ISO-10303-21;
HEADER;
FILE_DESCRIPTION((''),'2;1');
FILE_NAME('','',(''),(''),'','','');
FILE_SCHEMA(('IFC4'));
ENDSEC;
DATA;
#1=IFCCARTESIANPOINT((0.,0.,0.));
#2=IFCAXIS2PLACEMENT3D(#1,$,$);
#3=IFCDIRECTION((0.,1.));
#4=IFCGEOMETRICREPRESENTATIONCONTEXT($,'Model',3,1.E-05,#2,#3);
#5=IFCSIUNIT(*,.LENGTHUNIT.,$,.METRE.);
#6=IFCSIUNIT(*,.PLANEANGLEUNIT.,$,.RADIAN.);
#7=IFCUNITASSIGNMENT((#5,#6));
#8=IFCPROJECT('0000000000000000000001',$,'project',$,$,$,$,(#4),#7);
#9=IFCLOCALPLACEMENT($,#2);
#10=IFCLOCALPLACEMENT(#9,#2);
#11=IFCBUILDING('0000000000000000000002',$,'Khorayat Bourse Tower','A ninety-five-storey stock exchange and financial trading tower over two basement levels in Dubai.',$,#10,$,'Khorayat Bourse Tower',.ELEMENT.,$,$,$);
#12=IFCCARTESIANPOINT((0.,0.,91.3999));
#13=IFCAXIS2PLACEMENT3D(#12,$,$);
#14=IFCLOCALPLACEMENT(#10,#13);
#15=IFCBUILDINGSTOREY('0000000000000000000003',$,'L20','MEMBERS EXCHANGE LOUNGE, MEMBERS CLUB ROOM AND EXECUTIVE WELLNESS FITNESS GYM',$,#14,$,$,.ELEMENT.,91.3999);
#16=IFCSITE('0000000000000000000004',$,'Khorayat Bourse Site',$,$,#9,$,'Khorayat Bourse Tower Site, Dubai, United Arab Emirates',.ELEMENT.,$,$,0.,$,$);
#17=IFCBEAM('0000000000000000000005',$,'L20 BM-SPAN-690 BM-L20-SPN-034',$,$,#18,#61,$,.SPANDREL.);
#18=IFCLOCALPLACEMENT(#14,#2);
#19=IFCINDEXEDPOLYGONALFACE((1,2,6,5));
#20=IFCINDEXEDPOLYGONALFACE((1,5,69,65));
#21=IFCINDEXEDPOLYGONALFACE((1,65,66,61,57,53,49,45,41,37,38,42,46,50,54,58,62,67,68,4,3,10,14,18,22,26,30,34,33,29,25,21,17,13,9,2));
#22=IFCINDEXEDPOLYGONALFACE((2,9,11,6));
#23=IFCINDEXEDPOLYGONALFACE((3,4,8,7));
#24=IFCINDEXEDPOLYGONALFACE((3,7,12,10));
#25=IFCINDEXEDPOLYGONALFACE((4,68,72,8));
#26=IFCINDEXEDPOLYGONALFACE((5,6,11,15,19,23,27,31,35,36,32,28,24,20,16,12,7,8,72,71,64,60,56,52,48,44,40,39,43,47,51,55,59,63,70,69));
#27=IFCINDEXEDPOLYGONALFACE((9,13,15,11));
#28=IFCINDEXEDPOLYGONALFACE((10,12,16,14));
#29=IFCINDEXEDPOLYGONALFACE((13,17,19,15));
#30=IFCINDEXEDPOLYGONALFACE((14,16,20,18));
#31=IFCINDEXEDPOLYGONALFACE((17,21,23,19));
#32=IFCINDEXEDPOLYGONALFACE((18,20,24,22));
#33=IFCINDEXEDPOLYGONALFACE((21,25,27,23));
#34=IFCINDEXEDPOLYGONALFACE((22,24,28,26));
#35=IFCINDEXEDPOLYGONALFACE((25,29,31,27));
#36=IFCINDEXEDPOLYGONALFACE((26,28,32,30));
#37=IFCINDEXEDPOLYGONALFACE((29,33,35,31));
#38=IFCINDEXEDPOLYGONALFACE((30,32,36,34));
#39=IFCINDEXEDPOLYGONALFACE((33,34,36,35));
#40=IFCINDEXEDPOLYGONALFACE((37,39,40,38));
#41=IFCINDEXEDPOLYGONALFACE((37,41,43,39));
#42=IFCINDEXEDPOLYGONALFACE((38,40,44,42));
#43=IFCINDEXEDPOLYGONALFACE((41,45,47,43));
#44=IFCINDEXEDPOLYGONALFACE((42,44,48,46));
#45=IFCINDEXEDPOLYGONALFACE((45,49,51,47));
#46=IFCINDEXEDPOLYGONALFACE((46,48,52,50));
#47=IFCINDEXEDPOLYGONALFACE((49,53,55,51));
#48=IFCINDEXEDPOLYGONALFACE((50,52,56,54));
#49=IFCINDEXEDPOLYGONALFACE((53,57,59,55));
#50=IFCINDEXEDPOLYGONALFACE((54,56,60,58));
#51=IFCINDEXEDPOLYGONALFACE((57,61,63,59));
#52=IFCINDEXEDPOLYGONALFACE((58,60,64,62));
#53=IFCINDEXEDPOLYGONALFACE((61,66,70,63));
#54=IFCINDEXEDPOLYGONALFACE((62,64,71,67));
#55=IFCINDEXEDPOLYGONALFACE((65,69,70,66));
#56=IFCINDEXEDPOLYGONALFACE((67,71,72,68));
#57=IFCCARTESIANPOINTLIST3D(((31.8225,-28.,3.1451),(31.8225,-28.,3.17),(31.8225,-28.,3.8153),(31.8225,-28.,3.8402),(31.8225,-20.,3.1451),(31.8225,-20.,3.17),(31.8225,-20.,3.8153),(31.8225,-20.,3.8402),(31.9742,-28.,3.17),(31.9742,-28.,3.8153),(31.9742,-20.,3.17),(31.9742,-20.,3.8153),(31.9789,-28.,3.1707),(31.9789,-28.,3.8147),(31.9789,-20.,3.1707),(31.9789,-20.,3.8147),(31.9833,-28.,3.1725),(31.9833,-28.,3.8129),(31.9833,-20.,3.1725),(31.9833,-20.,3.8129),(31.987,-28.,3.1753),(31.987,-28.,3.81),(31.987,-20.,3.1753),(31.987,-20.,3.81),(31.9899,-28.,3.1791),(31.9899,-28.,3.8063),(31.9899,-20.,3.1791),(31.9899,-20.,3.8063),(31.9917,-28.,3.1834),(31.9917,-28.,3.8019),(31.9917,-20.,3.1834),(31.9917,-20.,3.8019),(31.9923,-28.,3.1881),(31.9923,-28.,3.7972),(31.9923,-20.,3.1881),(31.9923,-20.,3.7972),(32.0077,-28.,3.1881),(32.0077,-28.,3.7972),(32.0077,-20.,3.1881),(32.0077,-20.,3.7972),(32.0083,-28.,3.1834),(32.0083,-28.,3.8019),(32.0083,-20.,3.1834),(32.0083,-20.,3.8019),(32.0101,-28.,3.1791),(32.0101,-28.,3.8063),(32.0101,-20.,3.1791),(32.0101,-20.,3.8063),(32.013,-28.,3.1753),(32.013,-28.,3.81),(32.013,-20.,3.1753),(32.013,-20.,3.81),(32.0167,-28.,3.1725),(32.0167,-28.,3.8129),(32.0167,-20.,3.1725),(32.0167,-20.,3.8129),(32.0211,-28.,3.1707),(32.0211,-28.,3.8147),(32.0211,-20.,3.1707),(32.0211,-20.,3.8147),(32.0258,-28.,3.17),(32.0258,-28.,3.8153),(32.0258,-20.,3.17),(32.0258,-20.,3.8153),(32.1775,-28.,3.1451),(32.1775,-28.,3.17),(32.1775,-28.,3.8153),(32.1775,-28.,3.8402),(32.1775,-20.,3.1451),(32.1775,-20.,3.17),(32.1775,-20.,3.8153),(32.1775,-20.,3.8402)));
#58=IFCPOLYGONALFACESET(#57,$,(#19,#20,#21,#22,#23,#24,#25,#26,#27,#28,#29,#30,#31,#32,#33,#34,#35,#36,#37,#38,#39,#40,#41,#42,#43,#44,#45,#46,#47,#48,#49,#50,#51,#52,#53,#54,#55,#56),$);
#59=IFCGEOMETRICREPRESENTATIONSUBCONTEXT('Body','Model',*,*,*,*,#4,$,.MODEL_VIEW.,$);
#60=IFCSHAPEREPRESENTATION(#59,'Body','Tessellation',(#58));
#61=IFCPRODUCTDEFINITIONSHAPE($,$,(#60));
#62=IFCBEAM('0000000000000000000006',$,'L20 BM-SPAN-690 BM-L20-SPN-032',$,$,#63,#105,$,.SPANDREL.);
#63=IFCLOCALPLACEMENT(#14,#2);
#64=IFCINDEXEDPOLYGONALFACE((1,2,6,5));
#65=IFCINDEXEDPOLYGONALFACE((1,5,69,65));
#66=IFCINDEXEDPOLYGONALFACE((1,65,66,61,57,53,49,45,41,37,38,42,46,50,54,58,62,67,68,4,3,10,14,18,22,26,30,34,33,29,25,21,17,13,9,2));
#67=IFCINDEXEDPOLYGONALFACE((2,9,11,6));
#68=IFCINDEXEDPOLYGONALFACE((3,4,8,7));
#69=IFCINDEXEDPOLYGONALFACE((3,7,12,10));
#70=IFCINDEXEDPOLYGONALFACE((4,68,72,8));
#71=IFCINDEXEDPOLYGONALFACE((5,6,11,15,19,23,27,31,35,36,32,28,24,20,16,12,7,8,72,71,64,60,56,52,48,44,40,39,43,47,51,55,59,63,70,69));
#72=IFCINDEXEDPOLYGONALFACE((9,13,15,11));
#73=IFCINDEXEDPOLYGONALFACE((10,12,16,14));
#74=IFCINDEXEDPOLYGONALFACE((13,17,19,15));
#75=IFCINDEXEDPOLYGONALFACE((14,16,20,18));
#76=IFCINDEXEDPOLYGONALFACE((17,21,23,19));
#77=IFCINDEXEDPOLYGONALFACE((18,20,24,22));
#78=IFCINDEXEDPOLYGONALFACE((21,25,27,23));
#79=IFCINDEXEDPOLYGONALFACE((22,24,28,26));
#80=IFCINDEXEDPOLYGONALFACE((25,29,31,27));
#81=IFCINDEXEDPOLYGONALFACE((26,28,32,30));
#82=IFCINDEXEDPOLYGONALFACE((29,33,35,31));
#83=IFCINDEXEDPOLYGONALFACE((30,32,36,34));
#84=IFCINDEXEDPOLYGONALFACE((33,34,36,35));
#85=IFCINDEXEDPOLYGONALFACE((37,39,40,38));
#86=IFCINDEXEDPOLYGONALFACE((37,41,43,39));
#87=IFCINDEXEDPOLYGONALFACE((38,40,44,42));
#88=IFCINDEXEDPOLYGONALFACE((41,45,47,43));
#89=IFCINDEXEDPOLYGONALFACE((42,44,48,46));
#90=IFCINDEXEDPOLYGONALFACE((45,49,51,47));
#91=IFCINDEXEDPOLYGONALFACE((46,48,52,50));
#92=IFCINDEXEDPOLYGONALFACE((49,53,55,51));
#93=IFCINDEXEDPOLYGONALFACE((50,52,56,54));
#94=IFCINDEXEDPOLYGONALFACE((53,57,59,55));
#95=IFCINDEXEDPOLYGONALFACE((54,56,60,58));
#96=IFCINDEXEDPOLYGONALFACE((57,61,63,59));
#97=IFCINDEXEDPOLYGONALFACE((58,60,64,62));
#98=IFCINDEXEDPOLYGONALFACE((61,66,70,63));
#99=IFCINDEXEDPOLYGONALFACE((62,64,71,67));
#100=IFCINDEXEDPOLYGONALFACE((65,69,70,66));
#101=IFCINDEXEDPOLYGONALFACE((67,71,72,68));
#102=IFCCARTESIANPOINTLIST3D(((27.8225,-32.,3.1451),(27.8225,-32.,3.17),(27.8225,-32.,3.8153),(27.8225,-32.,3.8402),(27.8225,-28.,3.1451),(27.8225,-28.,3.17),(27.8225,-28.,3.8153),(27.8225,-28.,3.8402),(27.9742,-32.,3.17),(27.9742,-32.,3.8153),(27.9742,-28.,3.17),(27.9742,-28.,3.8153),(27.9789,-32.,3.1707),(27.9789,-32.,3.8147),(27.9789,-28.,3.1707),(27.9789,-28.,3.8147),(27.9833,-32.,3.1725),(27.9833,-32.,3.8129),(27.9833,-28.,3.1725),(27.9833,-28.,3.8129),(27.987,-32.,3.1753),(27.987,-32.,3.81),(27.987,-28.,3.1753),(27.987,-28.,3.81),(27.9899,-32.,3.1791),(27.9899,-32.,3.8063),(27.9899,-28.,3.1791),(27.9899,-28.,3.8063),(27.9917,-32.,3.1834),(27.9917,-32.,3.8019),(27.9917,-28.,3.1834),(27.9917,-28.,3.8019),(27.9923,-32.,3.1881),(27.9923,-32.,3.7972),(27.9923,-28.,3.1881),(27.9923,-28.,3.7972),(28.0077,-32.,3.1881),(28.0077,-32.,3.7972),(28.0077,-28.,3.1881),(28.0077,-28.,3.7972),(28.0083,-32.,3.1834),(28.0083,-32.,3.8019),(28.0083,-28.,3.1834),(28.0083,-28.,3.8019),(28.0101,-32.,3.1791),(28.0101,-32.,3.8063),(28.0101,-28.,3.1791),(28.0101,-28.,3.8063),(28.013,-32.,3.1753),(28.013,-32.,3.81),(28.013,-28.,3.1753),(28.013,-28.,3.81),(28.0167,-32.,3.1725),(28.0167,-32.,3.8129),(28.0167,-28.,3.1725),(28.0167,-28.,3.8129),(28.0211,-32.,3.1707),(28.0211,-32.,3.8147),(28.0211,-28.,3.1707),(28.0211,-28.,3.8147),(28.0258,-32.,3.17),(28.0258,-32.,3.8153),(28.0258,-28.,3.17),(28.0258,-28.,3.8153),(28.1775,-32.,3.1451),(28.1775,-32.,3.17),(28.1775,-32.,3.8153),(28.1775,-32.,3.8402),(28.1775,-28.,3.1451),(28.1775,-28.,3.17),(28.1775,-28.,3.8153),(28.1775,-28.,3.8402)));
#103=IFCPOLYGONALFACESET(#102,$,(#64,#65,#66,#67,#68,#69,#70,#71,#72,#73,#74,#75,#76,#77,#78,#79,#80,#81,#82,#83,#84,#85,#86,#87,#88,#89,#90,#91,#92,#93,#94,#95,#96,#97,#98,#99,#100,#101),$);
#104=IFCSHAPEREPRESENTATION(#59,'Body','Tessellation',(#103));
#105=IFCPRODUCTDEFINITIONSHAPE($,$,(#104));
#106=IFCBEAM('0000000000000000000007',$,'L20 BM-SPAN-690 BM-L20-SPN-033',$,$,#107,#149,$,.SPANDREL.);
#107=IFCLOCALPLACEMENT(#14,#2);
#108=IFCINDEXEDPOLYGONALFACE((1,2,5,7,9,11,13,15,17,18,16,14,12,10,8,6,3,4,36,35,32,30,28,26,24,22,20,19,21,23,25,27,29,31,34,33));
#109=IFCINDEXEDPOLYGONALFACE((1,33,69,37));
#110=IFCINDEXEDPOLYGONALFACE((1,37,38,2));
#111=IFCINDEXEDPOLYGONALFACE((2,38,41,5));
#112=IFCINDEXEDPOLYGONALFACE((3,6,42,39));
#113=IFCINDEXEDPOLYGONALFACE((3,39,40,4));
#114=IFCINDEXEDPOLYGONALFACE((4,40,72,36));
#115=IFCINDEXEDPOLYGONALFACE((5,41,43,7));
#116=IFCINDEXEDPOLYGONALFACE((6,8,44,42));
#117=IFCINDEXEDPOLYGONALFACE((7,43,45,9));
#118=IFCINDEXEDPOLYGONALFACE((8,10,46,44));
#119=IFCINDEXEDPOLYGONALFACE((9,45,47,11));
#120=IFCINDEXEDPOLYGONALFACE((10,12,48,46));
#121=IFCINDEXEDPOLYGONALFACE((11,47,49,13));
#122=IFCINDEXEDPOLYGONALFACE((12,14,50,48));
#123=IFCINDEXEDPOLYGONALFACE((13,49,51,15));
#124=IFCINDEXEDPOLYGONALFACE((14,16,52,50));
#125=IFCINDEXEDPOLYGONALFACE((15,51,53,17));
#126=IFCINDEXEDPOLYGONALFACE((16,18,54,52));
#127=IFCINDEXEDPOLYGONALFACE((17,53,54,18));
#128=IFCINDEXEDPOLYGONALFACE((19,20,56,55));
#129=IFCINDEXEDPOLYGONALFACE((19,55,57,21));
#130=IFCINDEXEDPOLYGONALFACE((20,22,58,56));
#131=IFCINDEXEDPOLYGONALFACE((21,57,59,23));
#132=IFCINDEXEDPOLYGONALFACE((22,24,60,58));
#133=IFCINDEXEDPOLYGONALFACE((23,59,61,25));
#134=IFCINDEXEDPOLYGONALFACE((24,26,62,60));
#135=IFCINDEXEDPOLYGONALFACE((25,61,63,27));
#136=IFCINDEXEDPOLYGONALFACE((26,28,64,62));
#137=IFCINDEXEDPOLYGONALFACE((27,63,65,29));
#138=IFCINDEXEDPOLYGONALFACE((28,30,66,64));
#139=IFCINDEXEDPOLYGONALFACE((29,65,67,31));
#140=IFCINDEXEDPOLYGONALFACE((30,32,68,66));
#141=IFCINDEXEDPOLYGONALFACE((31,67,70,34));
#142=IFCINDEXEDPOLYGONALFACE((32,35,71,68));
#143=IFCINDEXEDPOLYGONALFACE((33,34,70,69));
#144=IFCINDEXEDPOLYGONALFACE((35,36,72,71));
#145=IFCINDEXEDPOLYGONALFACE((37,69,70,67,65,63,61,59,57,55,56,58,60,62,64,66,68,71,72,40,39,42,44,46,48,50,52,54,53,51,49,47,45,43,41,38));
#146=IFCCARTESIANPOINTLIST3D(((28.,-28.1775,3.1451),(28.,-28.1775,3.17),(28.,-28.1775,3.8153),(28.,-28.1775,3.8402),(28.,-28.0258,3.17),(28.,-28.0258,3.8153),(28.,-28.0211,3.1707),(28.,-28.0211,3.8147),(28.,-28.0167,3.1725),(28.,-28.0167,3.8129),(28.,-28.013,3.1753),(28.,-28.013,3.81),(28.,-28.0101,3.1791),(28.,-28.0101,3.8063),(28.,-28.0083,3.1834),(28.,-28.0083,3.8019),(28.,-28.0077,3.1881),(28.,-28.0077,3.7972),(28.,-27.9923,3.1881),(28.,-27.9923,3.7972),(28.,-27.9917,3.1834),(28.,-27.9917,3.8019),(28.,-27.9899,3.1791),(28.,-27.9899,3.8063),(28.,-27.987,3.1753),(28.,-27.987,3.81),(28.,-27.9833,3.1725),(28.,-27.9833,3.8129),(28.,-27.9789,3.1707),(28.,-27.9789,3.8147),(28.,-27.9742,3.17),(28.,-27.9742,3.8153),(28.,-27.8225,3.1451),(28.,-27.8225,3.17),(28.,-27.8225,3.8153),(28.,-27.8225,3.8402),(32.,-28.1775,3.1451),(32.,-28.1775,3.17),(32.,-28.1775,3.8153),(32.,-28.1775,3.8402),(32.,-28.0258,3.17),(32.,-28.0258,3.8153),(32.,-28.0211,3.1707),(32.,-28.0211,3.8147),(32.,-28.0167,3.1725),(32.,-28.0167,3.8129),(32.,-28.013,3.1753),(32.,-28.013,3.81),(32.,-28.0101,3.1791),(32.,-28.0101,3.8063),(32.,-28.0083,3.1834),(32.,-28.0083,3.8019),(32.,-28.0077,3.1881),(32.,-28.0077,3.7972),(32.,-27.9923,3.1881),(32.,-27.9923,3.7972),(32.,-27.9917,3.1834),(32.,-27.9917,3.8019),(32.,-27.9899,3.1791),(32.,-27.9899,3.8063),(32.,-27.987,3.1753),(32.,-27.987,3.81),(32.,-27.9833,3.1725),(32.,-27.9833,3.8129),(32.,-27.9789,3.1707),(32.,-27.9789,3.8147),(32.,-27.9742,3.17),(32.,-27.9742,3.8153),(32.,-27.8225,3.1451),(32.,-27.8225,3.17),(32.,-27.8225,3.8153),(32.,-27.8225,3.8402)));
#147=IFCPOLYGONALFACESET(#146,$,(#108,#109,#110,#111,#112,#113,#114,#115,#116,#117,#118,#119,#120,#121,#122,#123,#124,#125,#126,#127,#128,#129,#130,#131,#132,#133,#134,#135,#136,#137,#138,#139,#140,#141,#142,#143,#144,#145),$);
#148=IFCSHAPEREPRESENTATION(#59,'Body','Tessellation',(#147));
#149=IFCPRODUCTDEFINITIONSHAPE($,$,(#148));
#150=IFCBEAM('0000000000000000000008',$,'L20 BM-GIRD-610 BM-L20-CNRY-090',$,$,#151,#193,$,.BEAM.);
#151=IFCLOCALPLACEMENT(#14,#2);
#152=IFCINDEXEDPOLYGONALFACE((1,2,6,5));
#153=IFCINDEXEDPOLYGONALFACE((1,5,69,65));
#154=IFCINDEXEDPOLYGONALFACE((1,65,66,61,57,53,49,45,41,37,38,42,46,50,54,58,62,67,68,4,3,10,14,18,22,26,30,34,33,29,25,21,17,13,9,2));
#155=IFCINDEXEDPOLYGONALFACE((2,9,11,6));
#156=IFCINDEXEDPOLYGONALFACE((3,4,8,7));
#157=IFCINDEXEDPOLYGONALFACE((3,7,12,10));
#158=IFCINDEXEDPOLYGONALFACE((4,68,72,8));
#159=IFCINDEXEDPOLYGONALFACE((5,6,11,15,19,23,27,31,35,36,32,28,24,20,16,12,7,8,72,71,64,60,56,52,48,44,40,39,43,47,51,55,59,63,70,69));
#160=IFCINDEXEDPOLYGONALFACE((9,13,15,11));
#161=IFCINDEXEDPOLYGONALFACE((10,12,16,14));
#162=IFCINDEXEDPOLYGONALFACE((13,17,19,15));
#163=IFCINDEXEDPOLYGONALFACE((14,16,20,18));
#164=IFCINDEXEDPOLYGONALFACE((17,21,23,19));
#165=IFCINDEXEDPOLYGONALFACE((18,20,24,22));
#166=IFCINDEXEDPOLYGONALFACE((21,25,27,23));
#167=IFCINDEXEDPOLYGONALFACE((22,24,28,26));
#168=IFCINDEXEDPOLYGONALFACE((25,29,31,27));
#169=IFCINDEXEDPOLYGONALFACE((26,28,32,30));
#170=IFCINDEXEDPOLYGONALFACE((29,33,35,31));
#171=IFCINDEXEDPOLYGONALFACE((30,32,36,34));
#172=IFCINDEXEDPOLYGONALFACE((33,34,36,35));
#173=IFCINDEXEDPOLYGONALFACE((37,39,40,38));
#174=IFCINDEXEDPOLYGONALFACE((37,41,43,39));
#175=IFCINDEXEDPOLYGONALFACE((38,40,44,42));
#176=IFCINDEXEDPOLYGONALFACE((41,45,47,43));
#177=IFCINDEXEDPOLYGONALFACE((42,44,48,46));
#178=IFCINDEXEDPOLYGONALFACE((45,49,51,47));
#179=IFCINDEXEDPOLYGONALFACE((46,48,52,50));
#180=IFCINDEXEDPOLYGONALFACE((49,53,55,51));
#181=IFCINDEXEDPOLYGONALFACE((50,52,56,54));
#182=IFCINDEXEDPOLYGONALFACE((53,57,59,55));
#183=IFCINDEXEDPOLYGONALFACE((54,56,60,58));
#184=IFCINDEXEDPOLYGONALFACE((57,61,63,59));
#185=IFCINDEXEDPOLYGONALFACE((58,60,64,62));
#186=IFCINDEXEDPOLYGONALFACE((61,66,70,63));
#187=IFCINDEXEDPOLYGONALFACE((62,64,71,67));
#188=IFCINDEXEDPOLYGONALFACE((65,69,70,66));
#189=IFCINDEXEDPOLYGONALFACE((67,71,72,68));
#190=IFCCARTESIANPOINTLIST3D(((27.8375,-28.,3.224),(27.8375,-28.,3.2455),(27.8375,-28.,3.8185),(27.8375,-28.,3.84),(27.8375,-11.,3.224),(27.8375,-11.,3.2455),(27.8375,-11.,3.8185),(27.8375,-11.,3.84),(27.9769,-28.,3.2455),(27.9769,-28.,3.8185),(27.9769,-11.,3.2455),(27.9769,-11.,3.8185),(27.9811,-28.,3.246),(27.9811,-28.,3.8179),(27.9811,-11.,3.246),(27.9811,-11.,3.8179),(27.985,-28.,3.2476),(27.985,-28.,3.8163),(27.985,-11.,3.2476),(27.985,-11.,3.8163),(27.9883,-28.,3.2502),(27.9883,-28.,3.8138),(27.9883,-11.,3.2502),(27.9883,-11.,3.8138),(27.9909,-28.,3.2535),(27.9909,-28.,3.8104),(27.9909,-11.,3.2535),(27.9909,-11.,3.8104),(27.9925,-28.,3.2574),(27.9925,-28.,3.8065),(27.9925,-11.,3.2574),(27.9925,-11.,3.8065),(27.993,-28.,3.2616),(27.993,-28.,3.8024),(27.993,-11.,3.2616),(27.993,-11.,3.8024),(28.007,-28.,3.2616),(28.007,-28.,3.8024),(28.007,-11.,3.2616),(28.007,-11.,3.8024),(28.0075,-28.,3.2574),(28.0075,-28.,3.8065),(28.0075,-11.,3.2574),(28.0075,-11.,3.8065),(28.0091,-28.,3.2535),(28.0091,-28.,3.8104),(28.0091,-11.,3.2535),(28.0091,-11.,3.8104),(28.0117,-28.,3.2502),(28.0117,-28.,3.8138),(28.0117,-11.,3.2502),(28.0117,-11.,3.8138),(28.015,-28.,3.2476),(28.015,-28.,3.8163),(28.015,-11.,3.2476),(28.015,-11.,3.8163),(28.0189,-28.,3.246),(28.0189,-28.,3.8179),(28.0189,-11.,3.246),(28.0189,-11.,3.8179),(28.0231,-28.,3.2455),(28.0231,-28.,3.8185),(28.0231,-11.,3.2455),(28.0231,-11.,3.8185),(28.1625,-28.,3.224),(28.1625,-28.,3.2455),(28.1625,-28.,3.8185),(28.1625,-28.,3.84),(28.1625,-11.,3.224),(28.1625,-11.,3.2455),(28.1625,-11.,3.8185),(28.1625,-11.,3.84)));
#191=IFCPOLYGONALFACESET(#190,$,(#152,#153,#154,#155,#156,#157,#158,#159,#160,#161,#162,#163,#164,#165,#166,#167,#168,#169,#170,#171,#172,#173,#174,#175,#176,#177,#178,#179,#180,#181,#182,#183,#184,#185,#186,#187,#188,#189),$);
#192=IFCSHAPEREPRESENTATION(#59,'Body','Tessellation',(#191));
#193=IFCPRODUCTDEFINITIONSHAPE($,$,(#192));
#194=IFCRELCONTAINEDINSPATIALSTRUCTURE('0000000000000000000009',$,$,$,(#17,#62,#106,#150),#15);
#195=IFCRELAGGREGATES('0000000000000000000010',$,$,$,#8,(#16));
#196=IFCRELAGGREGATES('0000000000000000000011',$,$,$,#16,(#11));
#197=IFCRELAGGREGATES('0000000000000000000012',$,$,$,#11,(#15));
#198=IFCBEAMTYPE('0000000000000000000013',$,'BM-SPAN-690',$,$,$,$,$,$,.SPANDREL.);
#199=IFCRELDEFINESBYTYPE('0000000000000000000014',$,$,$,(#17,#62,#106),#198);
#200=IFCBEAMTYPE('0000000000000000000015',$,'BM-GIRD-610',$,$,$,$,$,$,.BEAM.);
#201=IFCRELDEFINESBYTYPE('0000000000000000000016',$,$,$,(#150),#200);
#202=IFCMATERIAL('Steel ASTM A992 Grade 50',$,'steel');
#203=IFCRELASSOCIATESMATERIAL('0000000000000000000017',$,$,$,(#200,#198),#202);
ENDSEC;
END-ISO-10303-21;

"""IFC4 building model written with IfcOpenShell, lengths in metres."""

from ifc_helpers import new_model, si_unit, direction, frame, origin, origin_2d, place, context, subcontext, project, spatial, i_section, extrude, source, transform, mapped, material, material_profile, profile_set, type_object, element, save


model = new_model("IFC4")

# Units and contexts
model_context = context("Model", 3, precision=1e-05, world=origin(), true_north=direction((0.0, 1.0)))
body_context = subcontext(model_context, "Body", "Model", "MODEL_VIEW")
ifc_project = project(units=[si_unit("LENGTHUNIT", "METRE"), si_unit("PLANEANGLEUNIT", "RADIAN")], contexts=[model_context])

# Site, building, storey
site_placement = place(None, origin())
site = spatial("IfcSite", under=ifc_project, at=site_placement, Name="Khorayat Bourse Site", LongName="Khorayat Bourse Tower Site, Dubai, United Arab Emirates", CompositionType="ELEMENT", RefElevation=0.0)
building_placement = place(site_placement, origin())
building = spatial("IfcBuilding", under=site, at=building_placement, Name="Khorayat Bourse Tower", Description="A ninety-five-storey stock exchange and financial trading tower over two basement levels in Dubai.", LongName="Khorayat Bourse Tower", CompositionType="ELEMENT")
storey_placement = place(building_placement, frame((0.0, 0.0, 91.3999)))
storey = spatial("IfcBuildingStorey", under=building, at=storey_placement, Name="L20", Description="MEMBERS EXCHANGE LOUNGE, MEMBERS CLUB ROOM AND EXECUTIVE WELLNESS FITNESS GYM", CompositionType="ELEMENT", Elevation=91.3999)

# Beams
ifc_material_1 = material(Name="Steel ASTM A992 Grade 50", Category="steel")
ifc_material_profile_1 = material_profile(ifc_material_1, i_section(OverallWidth=0.325, OverallDepth=0.616, WebThickness=0.0139, FlangeThickness=0.0215, FilletRadius=0.0161, at=origin_2d()), Name="W610X174")
ifc_profile_set_1 = profile_set([ifc_material_profile_1], Name="Steel ASTM A992 Grade 50")
beam_type_1 = type_object("IfcBeamType", Name="BM-GIRD-610", PredefinedType="BEAM", material=ifc_profile_set_1)
ifc_material_profile_2 = material_profile(ifc_material_1, i_section(OverallWidth=0.355, OverallDepth=0.6951, WebThickness=0.0154, FlangeThickness=0.0249, FilletRadius=0.0181, at=origin_2d()), Name="W690X217")
ifc_profile_set_2 = profile_set([ifc_material_profile_2], Name="Steel ASTM A992 Grade 50")
beam_type_2 = type_object("IfcBeamType", Name="BM-SPAN-690", PredefinedType="SPANDREL", material=ifc_profile_set_2)
shared_shape_1 = source(origin(), body_context, "Body", "SweptSolid", [
    extrude(i_section(OverallWidth=0.355, OverallDepth=0.6951, WebThickness=0.0154, FlangeThickness=0.0249, FilletRadius=0.0181, at=origin_2d()), origin(), (0.0, 0.0, 1.0), 8.0),
])
for number, where, z_axis, x_axis, name in (
    (1, (32.0, -28.0, 3.4927), (0.0, 1.0, 0.0), (-1.0, 0.0, 0.0), "L20 BM-SPAN-690 BM-L20-SPN-034"),
):
    element("IfcBeam", number, at=place(storey_placement, frame(where, z_axis=z_axis, x_axis=x_axis)), inside=storey, type_object=beam_type_2, Name=name, PredefinedType="SPANDREL", context=body_context, shape_type="MappedRepresentation", body=[
        mapped(shared_shape_1, transform((0.0, 0.0, 0.0), scale=1.0)),
    ])
shared_shape_2 = source(origin(), body_context, "Body", "SweptSolid", [
    extrude(i_section(OverallWidth=0.355, OverallDepth=0.6951, WebThickness=0.0154, FlangeThickness=0.0249, FilletRadius=0.0181, at=origin_2d()), origin(), (0.0, 0.0, 1.0), 4.0),
])
for number, where, z_axis, x_axis, name in (
    (2, (28.0, -32.0, 3.4927), (0.0, 1.0, 0.0), (-1.0, 0.0, 0.0), "L20 BM-SPAN-690 BM-L20-SPN-032"),
    (3, (28.0, -28.0, 3.4927), (1.0, 0.0, 0.0), (0.0, 1.0, 0.0), "L20 BM-SPAN-690 BM-L20-SPN-033"),
):
    element("IfcBeam", number, at=place(storey_placement, frame(where, z_axis=z_axis, x_axis=x_axis)), inside=storey, type_object=beam_type_2, Name=name, PredefinedType="SPANDREL", context=body_context, shape_type="MappedRepresentation", body=[
        mapped(shared_shape_2, transform((0.0, 0.0, 0.0), scale=1.0)),
    ])
shared_shape_3 = source(origin(), body_context, "Body", "SweptSolid", [
    extrude(i_section(OverallWidth=0.325, OverallDepth=0.616, WebThickness=0.0139, FlangeThickness=0.0215, FilletRadius=0.0161, at=origin_2d()), origin(), (0.0, 0.0, 1.0), 17.0),
])
beam_1_placement = place(storey_placement, frame((28.0, -28.0, 3.532), z_axis=(0.0, 1.0, 0.0), x_axis=(-1.0, 0.0, 0.0)))
element("IfcBeam", 4, at=beam_1_placement, inside=storey, type_object=beam_type_1, Name="L20 BM-GIRD-610 BM-L20-CNRY-090", PredefinedType="BEAM", context=body_context, shape_type="MappedRepresentation", body=[
    mapped(shared_shape_3, transform((0.0, 0.0, 0.0), scale=1.0)),
])

save(model, "model.ifc")
